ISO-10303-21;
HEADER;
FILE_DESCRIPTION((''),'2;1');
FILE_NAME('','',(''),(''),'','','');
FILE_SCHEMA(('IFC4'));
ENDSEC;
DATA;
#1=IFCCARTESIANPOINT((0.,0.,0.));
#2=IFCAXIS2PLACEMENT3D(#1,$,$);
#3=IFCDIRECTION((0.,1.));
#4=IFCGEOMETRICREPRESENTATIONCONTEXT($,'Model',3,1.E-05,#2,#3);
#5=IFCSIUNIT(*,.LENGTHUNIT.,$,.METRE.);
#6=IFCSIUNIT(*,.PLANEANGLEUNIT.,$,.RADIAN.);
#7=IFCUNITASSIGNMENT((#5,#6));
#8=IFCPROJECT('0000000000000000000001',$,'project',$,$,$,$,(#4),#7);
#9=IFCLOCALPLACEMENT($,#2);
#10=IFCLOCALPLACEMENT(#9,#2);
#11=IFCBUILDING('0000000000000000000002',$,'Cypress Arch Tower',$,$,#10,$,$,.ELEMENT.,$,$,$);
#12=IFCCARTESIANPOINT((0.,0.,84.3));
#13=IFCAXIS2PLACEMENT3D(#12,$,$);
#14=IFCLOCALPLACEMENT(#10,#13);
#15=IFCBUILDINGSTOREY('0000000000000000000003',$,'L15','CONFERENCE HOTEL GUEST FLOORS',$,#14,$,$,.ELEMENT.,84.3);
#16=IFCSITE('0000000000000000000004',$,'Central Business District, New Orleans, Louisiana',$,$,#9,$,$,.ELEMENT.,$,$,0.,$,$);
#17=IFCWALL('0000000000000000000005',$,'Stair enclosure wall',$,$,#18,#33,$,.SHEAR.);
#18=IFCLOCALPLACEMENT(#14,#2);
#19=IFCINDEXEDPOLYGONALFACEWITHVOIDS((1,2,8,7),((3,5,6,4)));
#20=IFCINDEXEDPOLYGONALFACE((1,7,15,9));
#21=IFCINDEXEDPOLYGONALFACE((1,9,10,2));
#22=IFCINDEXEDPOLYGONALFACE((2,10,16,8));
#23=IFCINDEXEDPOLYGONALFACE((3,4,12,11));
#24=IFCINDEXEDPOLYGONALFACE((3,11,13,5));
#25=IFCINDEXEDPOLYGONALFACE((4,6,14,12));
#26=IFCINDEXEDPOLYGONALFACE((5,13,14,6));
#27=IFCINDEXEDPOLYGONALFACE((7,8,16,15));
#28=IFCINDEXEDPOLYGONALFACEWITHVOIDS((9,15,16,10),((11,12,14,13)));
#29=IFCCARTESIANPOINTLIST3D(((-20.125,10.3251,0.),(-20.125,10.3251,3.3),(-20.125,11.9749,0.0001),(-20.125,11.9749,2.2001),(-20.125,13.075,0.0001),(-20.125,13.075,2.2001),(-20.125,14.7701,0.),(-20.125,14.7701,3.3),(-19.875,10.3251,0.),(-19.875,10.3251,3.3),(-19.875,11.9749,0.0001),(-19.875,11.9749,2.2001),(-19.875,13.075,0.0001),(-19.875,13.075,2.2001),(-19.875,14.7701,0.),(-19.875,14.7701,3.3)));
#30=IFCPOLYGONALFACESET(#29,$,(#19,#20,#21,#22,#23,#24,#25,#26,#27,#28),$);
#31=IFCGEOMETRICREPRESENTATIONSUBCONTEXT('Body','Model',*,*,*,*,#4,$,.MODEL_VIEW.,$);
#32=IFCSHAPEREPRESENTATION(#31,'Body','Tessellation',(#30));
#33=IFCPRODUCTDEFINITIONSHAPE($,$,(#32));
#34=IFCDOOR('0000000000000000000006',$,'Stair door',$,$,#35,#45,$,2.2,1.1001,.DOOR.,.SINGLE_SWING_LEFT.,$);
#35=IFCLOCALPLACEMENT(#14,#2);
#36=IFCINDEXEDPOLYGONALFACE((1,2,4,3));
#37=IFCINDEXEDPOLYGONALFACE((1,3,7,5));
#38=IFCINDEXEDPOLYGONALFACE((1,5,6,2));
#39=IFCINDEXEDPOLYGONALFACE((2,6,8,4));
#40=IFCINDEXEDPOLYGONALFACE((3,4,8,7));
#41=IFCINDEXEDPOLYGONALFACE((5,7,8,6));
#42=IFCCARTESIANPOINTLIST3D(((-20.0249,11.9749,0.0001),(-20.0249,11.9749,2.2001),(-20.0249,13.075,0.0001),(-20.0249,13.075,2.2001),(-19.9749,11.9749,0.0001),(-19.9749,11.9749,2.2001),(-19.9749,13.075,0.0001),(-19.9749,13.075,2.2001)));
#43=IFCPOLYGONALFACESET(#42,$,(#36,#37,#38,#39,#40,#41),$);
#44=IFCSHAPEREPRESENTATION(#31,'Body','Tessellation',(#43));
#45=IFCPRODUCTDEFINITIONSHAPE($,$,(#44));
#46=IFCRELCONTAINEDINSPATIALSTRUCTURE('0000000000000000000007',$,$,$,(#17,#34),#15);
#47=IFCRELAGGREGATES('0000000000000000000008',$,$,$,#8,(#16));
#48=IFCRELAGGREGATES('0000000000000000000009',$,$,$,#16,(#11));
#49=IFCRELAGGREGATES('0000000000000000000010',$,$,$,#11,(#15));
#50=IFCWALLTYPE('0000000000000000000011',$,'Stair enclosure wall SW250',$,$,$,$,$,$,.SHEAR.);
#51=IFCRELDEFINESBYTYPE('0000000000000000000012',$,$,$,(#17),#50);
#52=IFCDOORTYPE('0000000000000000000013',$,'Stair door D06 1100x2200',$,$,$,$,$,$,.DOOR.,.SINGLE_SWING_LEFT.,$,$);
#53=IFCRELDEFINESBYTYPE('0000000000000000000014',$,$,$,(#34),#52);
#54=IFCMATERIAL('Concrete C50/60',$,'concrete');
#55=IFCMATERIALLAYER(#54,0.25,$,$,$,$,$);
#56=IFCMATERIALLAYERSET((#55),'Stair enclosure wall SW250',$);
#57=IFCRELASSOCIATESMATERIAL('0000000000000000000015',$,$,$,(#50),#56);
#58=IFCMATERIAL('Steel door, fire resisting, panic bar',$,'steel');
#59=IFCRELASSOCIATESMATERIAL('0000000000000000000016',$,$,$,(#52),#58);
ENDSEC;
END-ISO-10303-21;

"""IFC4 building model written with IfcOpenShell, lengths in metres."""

from ifc_helpers import new_model, si_unit, direction, frame, frame_2d, origin, place, context, subcontext, project, spatial, rectangle, extrude, material, layer, layer_set, type_object, element, fill, save


model = new_model("IFC4")

# Units and contexts
model_context = context("Model", 3, precision=1e-05, world=origin(), true_north=direction((0.0, 1.0)))
body_context = subcontext(model_context, "Body", "Model", "MODEL_VIEW")
ifc_project = project(units=[si_unit("LENGTHUNIT", "METRE"), si_unit("PLANEANGLEUNIT", "RADIAN")], contexts=[model_context])

# Site, building, storey
site_placement = place(None, origin())
site = spatial("IfcSite", under=ifc_project, at=site_placement, Name="Central Business District, New Orleans, Louisiana", CompositionType="ELEMENT", RefElevation=0.0)
building_placement = place(site_placement, origin())
building = spatial("IfcBuilding", under=site, at=building_placement, Name="Cypress Arch Tower", CompositionType="ELEMENT")
storey_placement = place(building_placement, frame((0.0, 0.0, 84.3)))
storey = spatial("IfcBuildingStorey", under=building, at=storey_placement, Name="L15", Description="CONFERENCE HOTEL GUEST FLOORS", CompositionType="ELEMENT", Elevation=84.3)

# Wall, opening, door
ifc_material_1 = material(Name="Concrete C50/60", Category="concrete")
ifc_layer_1 = layer(ifc_material_1, 0.25)
ifc_layer_set_1 = layer_set([ifc_layer_1], Name="Stair enclosure wall SW250")
wall_type_1 = type_object("IfcWallType", Name="Stair enclosure wall SW250", PredefinedType="SHEAR", material=ifc_layer_set_1)
wall_1_placement = place(storey_placement, frame((-20.0, 10.325, 0.0), z_axis=(0.0, 0.0, 1.0), x_axis=(0.0, 1.0, 0.0)))
wall_1 = element("IfcWall", 1, at=wall_1_placement, inside=storey, type_object=wall_type_1, Name="Stair enclosure wall", PredefinedType="SHEAR", context=body_context, shape_type="SweptSolid", body=[
    extrude(rectangle(XDim=4.4451, YDim=0.25, at=frame_2d((2.2227, 0.0))), origin(), (0.0, 0.0, 1.0), 3.3),
])
opening_1_placement = place(wall_1_placement, frame((1.6499, 0.0, 0.0)))
opening_1 = element("IfcOpeningElement", 2, at=opening_1_placement, cuts=wall_1, PredefinedType="OPENING", context=body_context, shape_type="SweptSolid", body=[
    extrude(rectangle(XDim=1.1001, YDim=2.2, at=frame_2d((0.55, 1.1001))), frame((0.0, 0.135, 0.0), z_axis=(0.0, -1.0, 0.0), x_axis=(1.0, 0.0, 0.0)), (0.0, 0.0, 1.0), 0.27),
])
ifc_material_2 = material(Name="Steel door, fire resisting, panic bar", Category="steel")
door_type_1 = type_object("IfcDoorType", Name="Stair door D06 1100x2200", OperationType="SINGLE_SWING_LEFT", PredefinedType="DOOR", material=ifc_material_2)
door_1_placement = place(opening_1_placement, origin())
door_1 = element("IfcDoor", 3, at=door_1_placement, inside=storey, type_object=door_type_1, Name="Stair door", OperationType="SINGLE_SWING_LEFT", OverallHeight=2.2, OverallWidth=1.1001, PredefinedType="DOOR", context=body_context, shape_type="SweptSolid", body=[
    extrude(rectangle(XDim=1.1001, YDim=2.2, at=frame_2d((0.55, 1.1001))), frame((0.0, 0.0249, 0.0), z_axis=(0.0, -1.0, 0.0), x_axis=(1.0, 0.0, 0.0)), (0.0, 0.0, 1.0), 0.05),
])
fill(opening_1, door_1)

save(model, "model.ifc")
